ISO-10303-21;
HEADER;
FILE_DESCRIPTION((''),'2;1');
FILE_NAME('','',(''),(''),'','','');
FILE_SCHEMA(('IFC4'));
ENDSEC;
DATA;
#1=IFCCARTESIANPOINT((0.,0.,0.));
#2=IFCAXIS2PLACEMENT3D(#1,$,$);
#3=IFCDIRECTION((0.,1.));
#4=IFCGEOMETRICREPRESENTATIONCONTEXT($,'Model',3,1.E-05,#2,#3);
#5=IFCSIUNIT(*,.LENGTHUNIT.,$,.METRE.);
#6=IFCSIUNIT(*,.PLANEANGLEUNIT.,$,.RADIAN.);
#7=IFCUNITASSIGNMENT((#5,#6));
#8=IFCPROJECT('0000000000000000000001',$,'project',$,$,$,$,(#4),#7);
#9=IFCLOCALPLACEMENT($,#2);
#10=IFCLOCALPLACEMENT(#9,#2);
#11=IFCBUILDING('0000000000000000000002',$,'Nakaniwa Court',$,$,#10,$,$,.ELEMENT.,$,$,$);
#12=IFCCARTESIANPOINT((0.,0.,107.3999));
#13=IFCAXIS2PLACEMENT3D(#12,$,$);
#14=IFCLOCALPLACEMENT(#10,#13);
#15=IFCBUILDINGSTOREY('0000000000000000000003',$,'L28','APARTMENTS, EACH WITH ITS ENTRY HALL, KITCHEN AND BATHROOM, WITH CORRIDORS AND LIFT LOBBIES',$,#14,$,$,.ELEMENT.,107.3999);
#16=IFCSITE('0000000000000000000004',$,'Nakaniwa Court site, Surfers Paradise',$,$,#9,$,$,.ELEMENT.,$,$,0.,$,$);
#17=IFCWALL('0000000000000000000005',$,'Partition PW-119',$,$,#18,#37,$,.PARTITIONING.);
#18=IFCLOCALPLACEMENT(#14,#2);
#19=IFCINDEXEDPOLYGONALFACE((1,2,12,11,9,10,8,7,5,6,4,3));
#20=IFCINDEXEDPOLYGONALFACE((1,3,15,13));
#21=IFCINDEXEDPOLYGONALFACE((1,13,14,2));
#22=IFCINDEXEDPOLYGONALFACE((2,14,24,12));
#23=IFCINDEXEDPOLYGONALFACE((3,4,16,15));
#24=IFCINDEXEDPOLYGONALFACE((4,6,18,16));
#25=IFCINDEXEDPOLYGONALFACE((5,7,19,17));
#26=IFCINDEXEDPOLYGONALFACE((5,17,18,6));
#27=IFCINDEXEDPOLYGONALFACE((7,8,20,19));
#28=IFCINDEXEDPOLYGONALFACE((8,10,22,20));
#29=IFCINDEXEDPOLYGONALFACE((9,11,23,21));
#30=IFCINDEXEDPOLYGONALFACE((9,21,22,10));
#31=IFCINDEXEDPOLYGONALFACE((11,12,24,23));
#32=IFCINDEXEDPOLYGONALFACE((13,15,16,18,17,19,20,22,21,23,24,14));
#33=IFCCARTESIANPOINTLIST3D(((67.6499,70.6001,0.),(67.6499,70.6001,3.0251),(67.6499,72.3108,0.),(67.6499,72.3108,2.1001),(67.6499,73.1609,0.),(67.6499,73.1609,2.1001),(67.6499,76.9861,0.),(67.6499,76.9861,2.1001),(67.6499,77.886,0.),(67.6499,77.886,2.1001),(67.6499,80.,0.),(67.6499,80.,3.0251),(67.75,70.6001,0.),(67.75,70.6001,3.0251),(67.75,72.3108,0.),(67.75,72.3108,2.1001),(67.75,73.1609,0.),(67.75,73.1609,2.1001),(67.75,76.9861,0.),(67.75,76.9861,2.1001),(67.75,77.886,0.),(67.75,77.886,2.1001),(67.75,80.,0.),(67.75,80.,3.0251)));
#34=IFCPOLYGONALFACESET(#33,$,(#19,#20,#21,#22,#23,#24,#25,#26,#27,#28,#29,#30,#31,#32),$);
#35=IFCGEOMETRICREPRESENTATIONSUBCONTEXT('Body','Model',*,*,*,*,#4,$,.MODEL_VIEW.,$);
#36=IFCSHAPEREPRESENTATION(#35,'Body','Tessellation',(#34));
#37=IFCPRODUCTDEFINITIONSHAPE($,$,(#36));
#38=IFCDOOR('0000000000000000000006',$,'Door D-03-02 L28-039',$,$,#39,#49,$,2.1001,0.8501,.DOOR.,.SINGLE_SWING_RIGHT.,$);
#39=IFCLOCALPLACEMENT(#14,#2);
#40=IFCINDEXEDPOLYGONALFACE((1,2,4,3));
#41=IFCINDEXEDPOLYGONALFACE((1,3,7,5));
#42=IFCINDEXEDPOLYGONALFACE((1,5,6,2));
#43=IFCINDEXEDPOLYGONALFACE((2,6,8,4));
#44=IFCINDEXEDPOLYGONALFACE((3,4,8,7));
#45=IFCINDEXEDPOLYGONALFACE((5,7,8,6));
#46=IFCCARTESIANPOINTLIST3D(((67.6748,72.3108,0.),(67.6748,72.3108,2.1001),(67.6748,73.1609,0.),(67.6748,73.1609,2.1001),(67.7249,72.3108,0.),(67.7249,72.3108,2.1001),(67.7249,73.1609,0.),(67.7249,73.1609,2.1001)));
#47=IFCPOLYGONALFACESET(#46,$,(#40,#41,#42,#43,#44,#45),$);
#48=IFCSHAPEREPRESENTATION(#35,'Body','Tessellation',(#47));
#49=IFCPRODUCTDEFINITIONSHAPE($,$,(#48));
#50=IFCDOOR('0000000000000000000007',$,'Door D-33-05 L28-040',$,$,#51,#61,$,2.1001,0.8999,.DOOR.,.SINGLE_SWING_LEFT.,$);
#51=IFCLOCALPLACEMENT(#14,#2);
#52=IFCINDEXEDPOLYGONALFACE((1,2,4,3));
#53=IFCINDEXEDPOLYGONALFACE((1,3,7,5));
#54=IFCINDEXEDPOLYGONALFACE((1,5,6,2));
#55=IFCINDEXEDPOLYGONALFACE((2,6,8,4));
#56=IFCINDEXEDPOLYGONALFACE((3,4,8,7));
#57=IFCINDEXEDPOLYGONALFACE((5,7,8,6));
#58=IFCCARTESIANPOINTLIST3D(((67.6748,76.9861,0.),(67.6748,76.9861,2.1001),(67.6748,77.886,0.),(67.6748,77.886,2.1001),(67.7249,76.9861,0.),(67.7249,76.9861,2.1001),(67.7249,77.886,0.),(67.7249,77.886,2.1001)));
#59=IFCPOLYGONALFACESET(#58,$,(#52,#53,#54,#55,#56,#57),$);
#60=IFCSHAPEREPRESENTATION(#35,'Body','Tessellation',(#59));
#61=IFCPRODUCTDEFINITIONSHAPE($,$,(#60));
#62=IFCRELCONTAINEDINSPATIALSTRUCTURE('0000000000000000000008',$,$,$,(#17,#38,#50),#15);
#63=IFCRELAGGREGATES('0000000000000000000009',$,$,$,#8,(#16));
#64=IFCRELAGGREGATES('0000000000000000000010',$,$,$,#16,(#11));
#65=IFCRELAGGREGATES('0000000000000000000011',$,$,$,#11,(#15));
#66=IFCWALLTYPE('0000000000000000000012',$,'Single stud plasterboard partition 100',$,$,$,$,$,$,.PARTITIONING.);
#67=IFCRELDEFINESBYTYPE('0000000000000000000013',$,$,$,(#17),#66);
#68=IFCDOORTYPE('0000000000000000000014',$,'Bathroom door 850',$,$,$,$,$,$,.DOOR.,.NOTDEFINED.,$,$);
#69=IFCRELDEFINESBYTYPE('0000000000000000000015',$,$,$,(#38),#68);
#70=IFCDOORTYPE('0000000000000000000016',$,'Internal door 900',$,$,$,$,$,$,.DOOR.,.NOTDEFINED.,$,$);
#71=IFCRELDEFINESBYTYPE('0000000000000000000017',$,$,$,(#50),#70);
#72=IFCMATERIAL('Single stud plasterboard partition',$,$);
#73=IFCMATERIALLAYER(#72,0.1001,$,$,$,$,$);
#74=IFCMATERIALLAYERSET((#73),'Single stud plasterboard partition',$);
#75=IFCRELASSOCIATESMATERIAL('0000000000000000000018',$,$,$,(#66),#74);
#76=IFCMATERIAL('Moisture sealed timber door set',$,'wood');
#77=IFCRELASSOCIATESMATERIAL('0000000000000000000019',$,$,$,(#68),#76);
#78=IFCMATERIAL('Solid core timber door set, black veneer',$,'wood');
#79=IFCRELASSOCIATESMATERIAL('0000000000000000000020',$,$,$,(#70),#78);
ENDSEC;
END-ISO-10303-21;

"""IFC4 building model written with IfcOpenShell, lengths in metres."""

from ifc_helpers import new_model, si_unit, direction, frame, frame_2d, origin, place, context, subcontext, project, spatial, rectangle, extrude, material, layer, layer_set, type_object, element, fill, save


model = new_model("IFC4")

# Units and contexts
model_context = context("Model", 3, precision=1e-05, world=origin(), true_north=direction((0.0, 1.0)))
body_context = subcontext(model_context, "Body", "Model", "MODEL_VIEW")
ifc_project = project(units=[si_unit("LENGTHUNIT", "METRE"), si_unit("PLANEANGLEUNIT", "RADIAN")], contexts=[model_context])

# Site, building, storey
site_placement = place(None, origin())
site = spatial("IfcSite", under=ifc_project, at=site_placement, Name="Nakaniwa Court site, Surfers Paradise", CompositionType="ELEMENT", RefElevation=0.0)
building_placement = place(site_placement, origin())
building = spatial("IfcBuilding", under=site, at=building_placement, Name="Nakaniwa Court", CompositionType="ELEMENT")
storey_placement = place(building_placement, frame((0.0, 0.0, 107.3999)))
storey = spatial("IfcBuildingStorey", under=building, at=storey_placement, Name="L28", Description="APARTMENTS, EACH WITH ITS ENTRY HALL, KITCHEN AND BATHROOM, WITH CORRIDORS AND LIFT LOBBIES", CompositionType="ELEMENT", Elevation=107.3999)

# Shared definitions
ifc_material_1 = material(Name="Solid core timber door set, black veneer", Category="wood")

# Wall, openings, doors
ifc_material_2 = material(Name="Single stud plasterboard partition")
ifc_layer_1 = layer(ifc_material_2, 0.1001)
ifc_layer_set_1 = layer_set([ifc_layer_1], Name="Single stud plasterboard partition")
wall_type_1 = type_object("IfcWallType", Name="Single stud plasterboard partition 100", PredefinedType="PARTITIONING", material=ifc_layer_set_1)
wall_1_placement = place(storey_placement, frame((67.7, 80.0, 0.0), z_axis=(0.0, 0.0, 1.0), x_axis=(0.0, -1.0, 0.0)))
wall_1 = element("IfcWall", 1, at=wall_1_placement, inside=storey, type_object=wall_type_1, Name="Partition PW-119", PredefinedType="PARTITIONING", context=body_context, shape_type="SweptSolid", body=[
    extrude(rectangle(XDim=9.3999, YDim=0.1001, at=frame_2d((4.7, 0.0))), origin(), (0.0, 0.0, 1.0), 3.0251),
])
opening_1_placement = place(wall_1_placement, frame((6.8391, 0.0, 0.0)))
opening_1 = element("IfcOpeningElement", 2, at=opening_1_placement, cuts=wall_1, PredefinedType="OPENING", context=body_context, shape_type="SweptSolid", body=[
    extrude(rectangle(XDim=0.8501, YDim=2.1001, at=frame_2d((0.425, 1.05))), frame((0.0, 0.0601, 0.0), z_axis=(0.0, -1.0, 0.0), x_axis=(1.0, 0.0, 0.0)), (0.0, 0.0, 1.0), 0.1201),
])
opening_2_placement = place(wall_1_placement, frame((2.114, 0.0, 0.0)))
opening_2 = element("IfcOpeningElement", 3, at=opening_2_placement, cuts=wall_1, PredefinedType="OPENING", context=body_context, shape_type="SweptSolid", body=[
    extrude(rectangle(XDim=0.8999, YDim=2.1001, at=frame_2d((0.45, 1.05))), frame((0.0, 0.0601, 0.0), z_axis=(0.0, -1.0, 0.0), x_axis=(1.0, 0.0, 0.0)), (0.0, 0.0, 1.0), 0.1201),
])
ifc_material_3 = material(Name="Moisture sealed timber door set", Category="wood")
door_type_1 = type_object("IfcDoorType", Name="Bathroom door 850", OperationType="NOTDEFINED", PredefinedType="DOOR", material=ifc_material_3)
door_1_placement = place(opening_1_placement, origin())
door_1 = element("IfcDoor", 4, at=door_1_placement, inside=storey, type_object=door_type_1, Name="Door D-03-02 L28-039", OperationType="SINGLE_SWING_RIGHT", OverallHeight=2.1001, OverallWidth=0.8501, PredefinedType="DOOR", context=body_context, shape_type="SweptSolid", body=[
    extrude(rectangle(XDim=0.8501, YDim=2.1001, at=frame_2d((0.425, 1.05))), frame((0.0, 0.0249, 0.0), z_axis=(0.0, -1.0, 0.0), x_axis=(1.0, 0.0, 0.0)), (0.0, 0.0, 1.0), 0.05),
])
fill(opening_1, door_1)
door_type_2 = type_object("IfcDoorType", Name="Internal door 900", OperationType="NOTDEFINED", PredefinedType="DOOR", material=ifc_material_1)
door_2_placement = place(opening_2_placement, origin())
door_2 = element("IfcDoor", 5, at=door_2_placement, inside=storey, type_object=door_type_2, Name="Door D-33-05 L28-040", OperationType="SINGLE_SWING_LEFT", OverallHeight=2.1001, OverallWidth=0.8999, PredefinedType="DOOR", context=body_context, shape_type="SweptSolid", body=[
    extrude(rectangle(XDim=0.8999, YDim=2.1001, at=frame_2d((0.45, 1.05))), frame((0.0, 0.0249, 0.0), z_axis=(0.0, -1.0, 0.0), x_axis=(1.0, 0.0, 0.0)), (0.0, 0.0, 1.0), 0.05),
])
fill(opening_2, door_2)

save(model, "model.ifc")
